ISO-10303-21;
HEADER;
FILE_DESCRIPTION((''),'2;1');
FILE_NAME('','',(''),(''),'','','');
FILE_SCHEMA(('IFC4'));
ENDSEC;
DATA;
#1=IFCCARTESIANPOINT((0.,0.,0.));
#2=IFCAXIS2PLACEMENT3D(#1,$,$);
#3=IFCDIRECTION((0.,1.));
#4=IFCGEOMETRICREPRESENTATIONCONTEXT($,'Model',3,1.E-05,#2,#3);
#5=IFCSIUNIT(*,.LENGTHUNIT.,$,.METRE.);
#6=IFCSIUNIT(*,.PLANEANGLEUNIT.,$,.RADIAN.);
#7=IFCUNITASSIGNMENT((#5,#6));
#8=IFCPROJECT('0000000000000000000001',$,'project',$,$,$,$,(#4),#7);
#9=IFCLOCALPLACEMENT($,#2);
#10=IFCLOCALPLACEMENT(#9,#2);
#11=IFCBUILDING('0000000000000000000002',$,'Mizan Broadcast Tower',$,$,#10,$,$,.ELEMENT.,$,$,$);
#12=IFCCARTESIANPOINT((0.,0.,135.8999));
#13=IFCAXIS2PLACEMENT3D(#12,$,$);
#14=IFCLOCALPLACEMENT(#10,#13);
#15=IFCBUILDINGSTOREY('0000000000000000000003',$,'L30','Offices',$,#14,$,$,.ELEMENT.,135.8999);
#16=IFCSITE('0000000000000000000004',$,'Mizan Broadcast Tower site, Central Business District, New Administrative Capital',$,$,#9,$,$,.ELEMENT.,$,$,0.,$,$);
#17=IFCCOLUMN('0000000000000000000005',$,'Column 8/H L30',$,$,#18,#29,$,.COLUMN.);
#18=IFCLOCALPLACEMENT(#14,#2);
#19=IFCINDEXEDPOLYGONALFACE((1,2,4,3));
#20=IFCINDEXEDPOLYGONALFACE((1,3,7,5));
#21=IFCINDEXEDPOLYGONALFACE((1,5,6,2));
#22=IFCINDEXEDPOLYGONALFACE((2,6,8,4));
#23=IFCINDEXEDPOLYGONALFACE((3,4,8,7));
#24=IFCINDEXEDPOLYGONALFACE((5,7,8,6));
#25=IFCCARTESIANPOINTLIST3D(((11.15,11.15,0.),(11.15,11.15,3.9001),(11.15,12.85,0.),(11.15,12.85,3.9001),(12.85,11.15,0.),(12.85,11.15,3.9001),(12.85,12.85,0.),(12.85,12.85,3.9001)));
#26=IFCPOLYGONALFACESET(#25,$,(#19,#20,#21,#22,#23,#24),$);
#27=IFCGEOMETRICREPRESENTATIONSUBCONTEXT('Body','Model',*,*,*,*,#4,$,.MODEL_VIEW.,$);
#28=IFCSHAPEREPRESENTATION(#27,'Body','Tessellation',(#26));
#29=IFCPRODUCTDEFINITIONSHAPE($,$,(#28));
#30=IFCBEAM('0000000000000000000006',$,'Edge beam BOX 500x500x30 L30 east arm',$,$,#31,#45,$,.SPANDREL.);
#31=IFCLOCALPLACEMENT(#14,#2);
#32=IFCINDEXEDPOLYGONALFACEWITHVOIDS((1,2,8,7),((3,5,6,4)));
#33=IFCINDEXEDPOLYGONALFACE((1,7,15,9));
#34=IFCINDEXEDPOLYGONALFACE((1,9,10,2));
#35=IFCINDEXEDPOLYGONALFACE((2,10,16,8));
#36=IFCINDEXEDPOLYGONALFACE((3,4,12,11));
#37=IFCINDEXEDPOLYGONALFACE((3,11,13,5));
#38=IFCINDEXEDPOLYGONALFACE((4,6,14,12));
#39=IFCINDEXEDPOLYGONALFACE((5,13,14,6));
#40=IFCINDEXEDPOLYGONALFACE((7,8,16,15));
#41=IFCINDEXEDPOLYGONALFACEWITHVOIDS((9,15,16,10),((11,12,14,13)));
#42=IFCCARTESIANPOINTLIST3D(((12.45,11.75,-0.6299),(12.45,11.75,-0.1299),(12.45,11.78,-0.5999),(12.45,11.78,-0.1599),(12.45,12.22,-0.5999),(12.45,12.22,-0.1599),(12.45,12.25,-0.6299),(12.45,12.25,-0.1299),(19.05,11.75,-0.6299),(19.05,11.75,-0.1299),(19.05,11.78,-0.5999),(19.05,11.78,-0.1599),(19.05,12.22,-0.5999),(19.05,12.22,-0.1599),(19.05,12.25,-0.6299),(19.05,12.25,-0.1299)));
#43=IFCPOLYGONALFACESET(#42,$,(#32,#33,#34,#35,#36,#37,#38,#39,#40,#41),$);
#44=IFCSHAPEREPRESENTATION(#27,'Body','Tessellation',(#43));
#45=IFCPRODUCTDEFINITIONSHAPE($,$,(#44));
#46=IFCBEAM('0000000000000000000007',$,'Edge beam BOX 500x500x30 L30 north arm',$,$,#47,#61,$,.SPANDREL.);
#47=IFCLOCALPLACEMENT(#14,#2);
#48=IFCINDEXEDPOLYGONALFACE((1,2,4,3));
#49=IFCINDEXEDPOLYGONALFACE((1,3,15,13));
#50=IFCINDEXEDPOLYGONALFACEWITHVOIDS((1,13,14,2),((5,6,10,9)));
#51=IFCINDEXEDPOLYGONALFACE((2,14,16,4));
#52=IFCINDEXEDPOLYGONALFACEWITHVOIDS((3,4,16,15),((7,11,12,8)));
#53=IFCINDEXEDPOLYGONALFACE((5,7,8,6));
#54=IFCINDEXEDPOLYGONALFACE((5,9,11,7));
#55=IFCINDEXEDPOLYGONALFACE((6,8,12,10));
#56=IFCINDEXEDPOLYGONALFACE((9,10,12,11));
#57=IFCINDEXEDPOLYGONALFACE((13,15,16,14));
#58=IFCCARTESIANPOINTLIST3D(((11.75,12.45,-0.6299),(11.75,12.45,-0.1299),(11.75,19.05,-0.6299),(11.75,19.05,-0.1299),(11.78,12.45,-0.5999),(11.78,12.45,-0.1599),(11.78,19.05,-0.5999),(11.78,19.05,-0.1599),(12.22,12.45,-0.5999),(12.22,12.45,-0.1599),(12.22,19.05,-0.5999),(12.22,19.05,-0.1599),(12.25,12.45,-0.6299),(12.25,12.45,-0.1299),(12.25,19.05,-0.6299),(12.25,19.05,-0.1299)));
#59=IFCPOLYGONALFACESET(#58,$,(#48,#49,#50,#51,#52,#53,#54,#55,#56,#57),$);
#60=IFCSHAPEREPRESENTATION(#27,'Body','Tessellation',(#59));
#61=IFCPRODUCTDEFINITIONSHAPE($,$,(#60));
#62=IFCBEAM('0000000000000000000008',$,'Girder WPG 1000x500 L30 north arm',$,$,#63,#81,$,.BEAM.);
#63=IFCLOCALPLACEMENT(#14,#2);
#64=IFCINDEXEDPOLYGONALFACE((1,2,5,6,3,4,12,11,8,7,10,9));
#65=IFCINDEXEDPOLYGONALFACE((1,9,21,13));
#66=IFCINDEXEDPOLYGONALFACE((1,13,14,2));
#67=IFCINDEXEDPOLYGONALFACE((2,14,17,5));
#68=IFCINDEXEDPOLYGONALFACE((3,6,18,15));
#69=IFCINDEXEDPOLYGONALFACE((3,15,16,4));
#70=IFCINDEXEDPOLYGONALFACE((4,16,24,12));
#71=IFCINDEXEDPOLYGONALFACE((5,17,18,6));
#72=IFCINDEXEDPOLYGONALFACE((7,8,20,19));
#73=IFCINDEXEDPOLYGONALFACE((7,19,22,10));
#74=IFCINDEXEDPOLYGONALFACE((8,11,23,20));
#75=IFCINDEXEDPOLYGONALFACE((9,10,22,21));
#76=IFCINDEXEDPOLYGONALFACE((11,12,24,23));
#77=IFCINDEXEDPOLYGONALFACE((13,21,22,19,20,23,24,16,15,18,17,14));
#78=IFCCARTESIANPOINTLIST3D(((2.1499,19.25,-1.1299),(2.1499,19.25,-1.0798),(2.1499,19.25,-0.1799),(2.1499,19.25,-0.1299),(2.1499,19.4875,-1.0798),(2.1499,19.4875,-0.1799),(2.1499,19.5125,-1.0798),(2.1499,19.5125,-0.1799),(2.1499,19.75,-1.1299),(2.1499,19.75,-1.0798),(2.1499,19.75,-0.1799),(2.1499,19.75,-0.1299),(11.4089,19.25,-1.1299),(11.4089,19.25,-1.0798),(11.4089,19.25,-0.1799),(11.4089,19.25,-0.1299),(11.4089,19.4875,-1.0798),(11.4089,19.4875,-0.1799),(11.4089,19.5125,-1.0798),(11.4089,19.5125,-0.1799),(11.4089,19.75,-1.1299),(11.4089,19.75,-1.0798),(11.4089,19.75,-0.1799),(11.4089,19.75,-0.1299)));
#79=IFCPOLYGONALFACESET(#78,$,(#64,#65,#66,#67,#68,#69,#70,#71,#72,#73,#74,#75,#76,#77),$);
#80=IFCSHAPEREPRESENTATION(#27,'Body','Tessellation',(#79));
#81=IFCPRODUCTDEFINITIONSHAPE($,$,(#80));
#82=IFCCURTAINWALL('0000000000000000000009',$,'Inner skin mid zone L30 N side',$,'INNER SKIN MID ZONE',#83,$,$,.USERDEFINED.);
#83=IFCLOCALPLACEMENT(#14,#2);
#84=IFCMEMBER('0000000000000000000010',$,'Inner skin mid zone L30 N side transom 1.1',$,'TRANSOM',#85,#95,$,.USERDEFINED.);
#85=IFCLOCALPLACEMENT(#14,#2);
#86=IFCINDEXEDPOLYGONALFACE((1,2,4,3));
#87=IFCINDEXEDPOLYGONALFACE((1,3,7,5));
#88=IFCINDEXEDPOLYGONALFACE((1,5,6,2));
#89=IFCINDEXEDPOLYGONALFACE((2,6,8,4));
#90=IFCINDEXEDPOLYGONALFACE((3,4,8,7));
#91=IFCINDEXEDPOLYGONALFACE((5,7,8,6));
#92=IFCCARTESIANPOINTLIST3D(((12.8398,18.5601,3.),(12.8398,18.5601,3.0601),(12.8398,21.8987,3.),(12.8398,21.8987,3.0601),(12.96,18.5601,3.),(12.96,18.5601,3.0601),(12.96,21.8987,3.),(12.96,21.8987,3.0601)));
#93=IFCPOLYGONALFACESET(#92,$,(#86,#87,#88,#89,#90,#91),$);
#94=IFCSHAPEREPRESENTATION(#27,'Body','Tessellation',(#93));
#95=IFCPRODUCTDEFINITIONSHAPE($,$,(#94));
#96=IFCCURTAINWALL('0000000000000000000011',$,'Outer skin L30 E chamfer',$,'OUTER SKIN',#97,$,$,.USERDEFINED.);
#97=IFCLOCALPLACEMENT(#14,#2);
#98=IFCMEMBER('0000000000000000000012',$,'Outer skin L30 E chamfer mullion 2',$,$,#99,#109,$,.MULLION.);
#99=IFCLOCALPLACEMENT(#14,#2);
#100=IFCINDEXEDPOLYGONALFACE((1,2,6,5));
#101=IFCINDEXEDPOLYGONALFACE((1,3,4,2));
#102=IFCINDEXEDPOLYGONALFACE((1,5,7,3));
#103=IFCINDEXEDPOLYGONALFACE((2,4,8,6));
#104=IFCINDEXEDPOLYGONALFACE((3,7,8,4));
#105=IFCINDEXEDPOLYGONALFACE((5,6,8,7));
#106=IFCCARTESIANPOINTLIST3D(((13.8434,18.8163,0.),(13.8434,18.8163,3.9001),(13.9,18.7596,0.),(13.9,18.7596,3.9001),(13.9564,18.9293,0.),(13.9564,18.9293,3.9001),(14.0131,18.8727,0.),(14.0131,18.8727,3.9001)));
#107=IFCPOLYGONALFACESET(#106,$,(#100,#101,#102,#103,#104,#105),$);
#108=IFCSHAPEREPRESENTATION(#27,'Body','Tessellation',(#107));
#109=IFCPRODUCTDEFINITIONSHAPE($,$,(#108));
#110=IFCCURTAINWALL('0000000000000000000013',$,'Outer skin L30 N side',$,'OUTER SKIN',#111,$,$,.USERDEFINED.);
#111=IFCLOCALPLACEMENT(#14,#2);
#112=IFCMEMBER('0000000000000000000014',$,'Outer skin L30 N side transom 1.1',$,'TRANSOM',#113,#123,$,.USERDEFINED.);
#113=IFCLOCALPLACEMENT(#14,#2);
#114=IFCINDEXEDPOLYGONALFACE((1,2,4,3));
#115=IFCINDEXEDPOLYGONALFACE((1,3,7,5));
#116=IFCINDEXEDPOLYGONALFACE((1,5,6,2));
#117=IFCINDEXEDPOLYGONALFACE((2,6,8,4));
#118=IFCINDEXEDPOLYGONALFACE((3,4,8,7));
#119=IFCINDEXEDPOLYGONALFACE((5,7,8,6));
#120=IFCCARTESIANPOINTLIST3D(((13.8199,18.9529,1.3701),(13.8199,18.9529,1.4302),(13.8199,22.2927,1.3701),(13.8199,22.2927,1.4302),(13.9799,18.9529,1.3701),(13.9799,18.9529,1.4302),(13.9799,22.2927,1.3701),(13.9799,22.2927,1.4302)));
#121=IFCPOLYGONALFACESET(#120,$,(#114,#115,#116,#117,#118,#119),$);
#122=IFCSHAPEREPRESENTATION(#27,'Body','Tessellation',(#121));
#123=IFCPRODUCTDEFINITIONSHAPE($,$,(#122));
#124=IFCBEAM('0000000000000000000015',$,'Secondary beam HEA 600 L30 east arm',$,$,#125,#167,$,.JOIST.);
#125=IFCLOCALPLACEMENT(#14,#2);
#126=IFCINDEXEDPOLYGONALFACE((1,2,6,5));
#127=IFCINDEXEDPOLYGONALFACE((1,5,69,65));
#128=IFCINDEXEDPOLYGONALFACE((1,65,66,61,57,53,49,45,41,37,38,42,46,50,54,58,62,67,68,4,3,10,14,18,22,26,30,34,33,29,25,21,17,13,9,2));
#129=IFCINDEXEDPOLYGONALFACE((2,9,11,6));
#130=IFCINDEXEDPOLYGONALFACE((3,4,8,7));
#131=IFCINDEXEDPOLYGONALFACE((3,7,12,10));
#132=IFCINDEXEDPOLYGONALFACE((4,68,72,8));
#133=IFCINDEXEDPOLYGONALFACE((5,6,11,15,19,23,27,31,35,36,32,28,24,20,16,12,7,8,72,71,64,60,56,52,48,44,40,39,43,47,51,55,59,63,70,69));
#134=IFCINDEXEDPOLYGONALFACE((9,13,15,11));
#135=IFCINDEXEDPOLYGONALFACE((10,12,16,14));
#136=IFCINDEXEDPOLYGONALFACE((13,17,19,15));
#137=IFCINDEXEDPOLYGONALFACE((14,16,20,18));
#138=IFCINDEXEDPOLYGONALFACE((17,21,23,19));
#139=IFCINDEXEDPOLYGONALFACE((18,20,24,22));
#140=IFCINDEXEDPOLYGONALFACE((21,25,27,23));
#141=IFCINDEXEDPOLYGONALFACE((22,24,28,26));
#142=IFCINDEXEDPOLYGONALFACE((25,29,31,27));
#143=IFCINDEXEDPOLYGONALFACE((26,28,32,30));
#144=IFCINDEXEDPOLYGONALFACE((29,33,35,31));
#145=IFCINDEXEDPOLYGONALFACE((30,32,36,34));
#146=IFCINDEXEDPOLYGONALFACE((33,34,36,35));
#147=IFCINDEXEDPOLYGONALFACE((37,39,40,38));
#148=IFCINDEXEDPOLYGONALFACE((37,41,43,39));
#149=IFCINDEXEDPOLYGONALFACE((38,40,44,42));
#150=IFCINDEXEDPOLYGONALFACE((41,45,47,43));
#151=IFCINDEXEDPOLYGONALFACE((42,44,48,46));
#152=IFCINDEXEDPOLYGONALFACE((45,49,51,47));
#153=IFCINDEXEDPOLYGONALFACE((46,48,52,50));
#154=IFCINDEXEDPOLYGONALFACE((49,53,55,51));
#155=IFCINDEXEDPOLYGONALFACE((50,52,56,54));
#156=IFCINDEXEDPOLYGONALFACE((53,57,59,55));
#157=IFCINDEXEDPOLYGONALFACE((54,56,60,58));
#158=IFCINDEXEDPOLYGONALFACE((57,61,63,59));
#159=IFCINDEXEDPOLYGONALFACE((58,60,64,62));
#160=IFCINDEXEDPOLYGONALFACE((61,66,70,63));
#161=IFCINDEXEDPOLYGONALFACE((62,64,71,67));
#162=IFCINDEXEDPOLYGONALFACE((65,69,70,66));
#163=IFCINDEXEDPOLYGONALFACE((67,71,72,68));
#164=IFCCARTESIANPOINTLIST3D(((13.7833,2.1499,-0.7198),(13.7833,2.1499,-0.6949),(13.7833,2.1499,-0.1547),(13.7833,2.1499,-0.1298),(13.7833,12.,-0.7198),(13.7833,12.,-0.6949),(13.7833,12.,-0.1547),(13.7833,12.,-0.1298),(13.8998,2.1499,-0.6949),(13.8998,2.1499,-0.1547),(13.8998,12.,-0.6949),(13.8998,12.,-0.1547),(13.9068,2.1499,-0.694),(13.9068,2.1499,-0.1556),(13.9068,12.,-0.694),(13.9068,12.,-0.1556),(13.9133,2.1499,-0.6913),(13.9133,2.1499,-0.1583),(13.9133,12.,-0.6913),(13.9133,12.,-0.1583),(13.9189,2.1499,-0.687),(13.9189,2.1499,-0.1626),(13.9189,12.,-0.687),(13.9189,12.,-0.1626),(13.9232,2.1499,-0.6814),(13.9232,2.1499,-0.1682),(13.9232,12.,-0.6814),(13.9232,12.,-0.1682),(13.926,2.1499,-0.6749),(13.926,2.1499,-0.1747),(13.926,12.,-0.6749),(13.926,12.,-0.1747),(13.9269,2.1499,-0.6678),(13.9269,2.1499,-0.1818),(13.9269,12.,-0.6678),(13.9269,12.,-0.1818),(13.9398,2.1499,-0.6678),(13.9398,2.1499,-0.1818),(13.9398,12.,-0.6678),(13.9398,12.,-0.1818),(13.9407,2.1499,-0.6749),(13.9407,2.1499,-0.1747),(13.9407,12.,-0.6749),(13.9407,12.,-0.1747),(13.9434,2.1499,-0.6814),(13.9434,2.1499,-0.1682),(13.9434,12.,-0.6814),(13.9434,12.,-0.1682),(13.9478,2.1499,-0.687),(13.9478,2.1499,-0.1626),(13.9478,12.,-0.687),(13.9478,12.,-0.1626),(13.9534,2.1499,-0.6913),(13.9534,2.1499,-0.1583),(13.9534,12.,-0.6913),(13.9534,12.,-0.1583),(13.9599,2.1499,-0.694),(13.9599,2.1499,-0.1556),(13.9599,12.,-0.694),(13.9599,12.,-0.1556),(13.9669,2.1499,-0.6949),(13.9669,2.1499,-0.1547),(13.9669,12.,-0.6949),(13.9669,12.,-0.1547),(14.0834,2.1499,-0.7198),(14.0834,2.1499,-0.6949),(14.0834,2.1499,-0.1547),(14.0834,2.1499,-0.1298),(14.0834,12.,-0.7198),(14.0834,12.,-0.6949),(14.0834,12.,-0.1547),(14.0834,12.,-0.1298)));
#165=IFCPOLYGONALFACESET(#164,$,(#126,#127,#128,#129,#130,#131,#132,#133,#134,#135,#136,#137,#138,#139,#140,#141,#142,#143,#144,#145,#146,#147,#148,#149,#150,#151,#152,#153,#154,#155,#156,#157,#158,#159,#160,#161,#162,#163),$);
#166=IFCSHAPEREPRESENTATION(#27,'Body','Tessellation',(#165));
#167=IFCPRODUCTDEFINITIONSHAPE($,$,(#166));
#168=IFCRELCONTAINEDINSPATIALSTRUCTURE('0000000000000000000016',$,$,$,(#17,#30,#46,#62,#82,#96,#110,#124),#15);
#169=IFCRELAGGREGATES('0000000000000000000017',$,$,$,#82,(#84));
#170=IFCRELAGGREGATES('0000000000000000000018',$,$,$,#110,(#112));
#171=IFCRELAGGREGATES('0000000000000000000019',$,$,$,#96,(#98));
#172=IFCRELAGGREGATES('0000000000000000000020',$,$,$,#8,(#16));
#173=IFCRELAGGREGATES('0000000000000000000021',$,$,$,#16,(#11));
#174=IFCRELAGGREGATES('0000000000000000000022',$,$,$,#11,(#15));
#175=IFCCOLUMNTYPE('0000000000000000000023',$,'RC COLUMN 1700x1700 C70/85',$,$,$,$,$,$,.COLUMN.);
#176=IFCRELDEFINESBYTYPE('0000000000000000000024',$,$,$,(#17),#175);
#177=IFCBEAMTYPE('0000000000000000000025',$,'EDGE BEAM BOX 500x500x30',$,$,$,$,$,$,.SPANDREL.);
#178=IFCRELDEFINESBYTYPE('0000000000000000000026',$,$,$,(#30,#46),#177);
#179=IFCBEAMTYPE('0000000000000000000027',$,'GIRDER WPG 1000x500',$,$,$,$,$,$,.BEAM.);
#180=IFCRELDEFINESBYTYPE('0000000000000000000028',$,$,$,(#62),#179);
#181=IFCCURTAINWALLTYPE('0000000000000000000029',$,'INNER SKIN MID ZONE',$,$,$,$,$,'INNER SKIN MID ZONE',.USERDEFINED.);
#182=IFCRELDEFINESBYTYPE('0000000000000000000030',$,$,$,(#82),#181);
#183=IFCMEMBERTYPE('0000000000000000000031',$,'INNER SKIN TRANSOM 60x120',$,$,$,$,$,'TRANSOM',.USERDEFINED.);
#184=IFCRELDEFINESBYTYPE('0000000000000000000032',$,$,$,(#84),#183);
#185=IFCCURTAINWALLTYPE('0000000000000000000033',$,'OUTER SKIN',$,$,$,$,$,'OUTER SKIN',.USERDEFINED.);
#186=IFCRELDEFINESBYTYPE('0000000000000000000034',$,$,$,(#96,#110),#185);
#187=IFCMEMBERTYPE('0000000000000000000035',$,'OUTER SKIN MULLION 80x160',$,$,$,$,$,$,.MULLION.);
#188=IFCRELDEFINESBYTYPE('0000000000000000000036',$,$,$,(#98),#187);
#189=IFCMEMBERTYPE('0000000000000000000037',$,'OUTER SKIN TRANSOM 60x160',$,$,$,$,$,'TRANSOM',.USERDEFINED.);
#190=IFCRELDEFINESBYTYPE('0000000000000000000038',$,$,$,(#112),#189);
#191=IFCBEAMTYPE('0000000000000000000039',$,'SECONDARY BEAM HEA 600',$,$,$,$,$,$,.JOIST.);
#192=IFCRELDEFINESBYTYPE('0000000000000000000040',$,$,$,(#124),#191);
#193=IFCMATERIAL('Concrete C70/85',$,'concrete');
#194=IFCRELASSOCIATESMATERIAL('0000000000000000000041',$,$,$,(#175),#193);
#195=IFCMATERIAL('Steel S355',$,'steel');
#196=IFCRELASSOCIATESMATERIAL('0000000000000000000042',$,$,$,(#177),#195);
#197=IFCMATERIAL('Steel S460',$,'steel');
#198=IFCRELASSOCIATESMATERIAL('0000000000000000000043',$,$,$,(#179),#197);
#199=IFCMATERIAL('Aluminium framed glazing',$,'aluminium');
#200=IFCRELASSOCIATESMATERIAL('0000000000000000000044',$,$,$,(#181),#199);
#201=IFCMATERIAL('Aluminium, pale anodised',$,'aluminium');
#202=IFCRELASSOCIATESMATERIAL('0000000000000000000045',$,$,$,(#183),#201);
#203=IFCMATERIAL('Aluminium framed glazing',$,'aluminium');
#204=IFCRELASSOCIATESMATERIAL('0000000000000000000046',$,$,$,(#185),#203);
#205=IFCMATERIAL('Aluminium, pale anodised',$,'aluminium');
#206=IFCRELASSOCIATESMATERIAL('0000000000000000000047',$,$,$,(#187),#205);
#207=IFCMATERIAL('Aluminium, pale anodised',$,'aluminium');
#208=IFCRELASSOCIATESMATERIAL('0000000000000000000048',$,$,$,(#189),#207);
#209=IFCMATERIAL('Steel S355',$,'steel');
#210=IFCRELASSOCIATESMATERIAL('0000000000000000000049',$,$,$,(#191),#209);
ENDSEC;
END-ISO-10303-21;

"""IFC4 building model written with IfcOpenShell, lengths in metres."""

from ifc_helpers import new_model, si_unit, direction, frame, origin, origin_2d, place, context, subcontext, project, spatial, rectangle, hollow_rectangle, i_section, extrude, material, material_profile, profile_set, type_object, element, aggregate, save


model = new_model("IFC4")

# Units and contexts
model_context = context("Model", 3, precision=1e-05, world=origin(), true_north=direction((0.0, 1.0)))
body_context = subcontext(model_context, "Body", "Model", "MODEL_VIEW")
ifc_project = project(units=[si_unit("LENGTHUNIT", "METRE"), si_unit("PLANEANGLEUNIT", "RADIAN")], contexts=[model_context])

# Site, building, storey
site_placement = place(None, origin())
site = spatial("IfcSite", under=ifc_project, at=site_placement, Name="Mizan Broadcast Tower site, Central Business District, New Administrative Capital", CompositionType="ELEMENT", RefElevation=0.0)
building_placement = place(site_placement, origin())
building = spatial("IfcBuilding", under=site, at=building_placement, Name="Mizan Broadcast Tower", CompositionType="ELEMENT")
storey_placement = place(building_placement, frame((0.0, 0.0, 135.8999)))
storey = spatial("IfcBuildingStorey", under=building, at=storey_placement, Name="L30", Description="Offices", CompositionType="ELEMENT", Elevation=135.8999)

# Column
ifc_material_1 = material(Name="Concrete C70/85", Category="concrete")
ifc_material_profile_1 = material_profile(ifc_material_1, rectangle(XDim=1.7, YDim=1.7, at=origin_2d()), Name="RC 1700x1700")
ifc_profile_set_1 = profile_set([ifc_material_profile_1], Name="Concrete C70/85")
column_type = type_object("IfcColumnType", Name="RC COLUMN 1700x1700 C70/85", PredefinedType="COLUMN", material=ifc_profile_set_1)
column_placement = place(storey_placement, frame((12.0, 12.0, 0.0), z_axis=(0.0, 0.0, 1.0), x_axis=(1.0, 0.0, 0.0)))
element("IfcColumn", 1, at=column_placement, inside=storey, type_object=column_type, Name="Column 8/H L30", PredefinedType="COLUMN", context=body_context, shape_type="SweptSolid", body=[
    extrude(rectangle(XDim=1.7, YDim=1.7, at=origin_2d()), origin(), (0.0, 0.0, 1.0), 3.9001),
])

# Beams
ifc_material_2 = material(Name="Steel S355", Category="steel")
ifc_material_profile_2 = material_profile(ifc_material_2, hollow_rectangle(XDim=0.5, YDim=0.5, WallThickness=0.03, at=origin_2d()), Name="BOX 500x500x30")
ifc_profile_set_2 = profile_set([ifc_material_profile_2], Name="Steel S355")
beam_type_1 = type_object("IfcBeamType", Name="EDGE BEAM BOX 500x500x30", PredefinedType="SPANDREL", material=ifc_profile_set_2)
for number, where, z_axis, x_axis, name in (
    (2, (12.45, 12.0, -0.3799), (1.0, 0.0, 0.0), (0.0, 1.0, 0.0), "Edge beam BOX 500x500x30 L30 east arm"),
    (3, (12.0, 12.45, -0.3799), (0.0, 1.0, 0.0), (-1.0, 0.0, 0.0), "Edge beam BOX 500x500x30 L30 north arm"),
):
    element("IfcBeam", number, at=place(storey_placement, frame(where, z_axis=z_axis, x_axis=x_axis)), inside=storey, type_object=beam_type_1, Name=name, PredefinedType="SPANDREL", context=body_context, shape_type="SweptSolid", body=[
        extrude(hollow_rectangle(XDim=0.5, YDim=0.5, WallThickness=0.03, at=origin_2d()), origin(), (0.0, 0.0, 1.0), 6.6001),
    ])
ifc_material_3 = material(Name="Steel S460", Category="steel")
ifc_material_profile_3 = material_profile(ifc_material_3, i_section(OverallWidth=0.5, OverallDepth=1.0, WebThickness=0.0249, FlangeThickness=0.05, at=origin_2d()), Name="WPG 1000x500")
ifc_profile_set_3 = profile_set([ifc_material_profile_3], Name="Steel S460")
beam_type_2 = type_object("IfcBeamType", Name="GIRDER WPG 1000x500", PredefinedType="BEAM", material=ifc_profile_set_3)
beam_1_placement = place(storey_placement, frame((11.4089, 19.5, -0.6299), z_axis=(-1.0, 0.0, 0.0), x_axis=(0.0, -1.0, 0.0)))
element("IfcBeam", 4, at=beam_1_placement, inside=storey, type_object=beam_type_2, Name="Girder WPG 1000x500 L30 north arm", PredefinedType="BEAM", context=body_context, shape_type="SweptSolid", body=[
    extrude(i_section(OverallWidth=0.5, OverallDepth=1.0, WebThickness=0.0249, FlangeThickness=0.05, at=origin_2d()), origin(), (0.0, 0.0, 1.0), 9.259),
])

# Curtain walls, members
ifc_material_4 = material(Name="Aluminium framed glazing", Category="aluminium")
curtain_wall_type_1 = type_object("IfcCurtainWallType", Name="INNER SKIN MID ZONE", ElementType="INNER SKIN MID ZONE", PredefinedType="USERDEFINED", material=ifc_material_4)
curtain_wall_1_placement = place(storey_placement, origin())
curtain_wall_1 = element("IfcCurtainWall", 5, at=curtain_wall_1_placement, inside=storey, type_object=curtain_wall_type_1, Name="Inner skin mid zone L30 N side", ObjectType="INNER SKIN MID ZONE", PredefinedType="USERDEFINED")
ifc_material_5 = material(Name="Aluminium, pale anodised", Category="aluminium")
ifc_material_profile_4 = material_profile(ifc_material_5, rectangle(XDim=0.1201, YDim=0.0601, at=origin_2d()), Name="TRANSOM 120x60")
ifc_profile_set_4 = profile_set([ifc_material_profile_4], Name="Aluminium, pale anodised")
member_type_1 = type_object("IfcMemberType", Name="INNER SKIN TRANSOM 60x120", ElementType="TRANSOM", PredefinedType="USERDEFINED", material=ifc_profile_set_4)
member_1_placement = place(storey_placement, frame((12.8999, 18.5601, 3.03), z_axis=(0.0, 1.0, 0.0), x_axis=(-1.0, 0.0, 0.0)))
member_1 = element("IfcMember", 6, at=member_1_placement, type_object=member_type_1, Name="Inner skin mid zone L30 N side transom 1.1", ObjectType="TRANSOM", PredefinedType="USERDEFINED", context=body_context, shape_type="SweptSolid", body=[
    extrude(rectangle(XDim=0.1201, YDim=0.0601, at=origin_2d()), origin(), (0.0, 0.0, 1.0), 3.3386),
])
aggregate(curtain_wall_1, [member_1])
ifc_material_6 = material(Name="Aluminium framed glazing", Category="aluminium")
curtain_wall_type_2 = type_object("IfcCurtainWallType", Name="OUTER SKIN", ElementType="OUTER SKIN", PredefinedType="USERDEFINED", material=ifc_material_6)
curtain_wall_2_placement = place(storey_placement, origin())
curtain_wall_2 = element("IfcCurtainWall", 7, at=curtain_wall_2_placement, inside=storey, type_object=curtain_wall_type_2, Name="Outer skin L30 E chamfer", ObjectType="OUTER SKIN", PredefinedType="USERDEFINED")
ifc_material_7 = material(Name="Aluminium, pale anodised", Category="aluminium")
ifc_material_profile_5 = material_profile(ifc_material_7, rectangle(XDim=0.1599, YDim=0.0801, at=origin_2d()), Name="MULLION 160x80")
ifc_profile_set_5 = profile_set([ifc_material_profile_5], Name="Aluminium, pale anodised")
member_type_2 = type_object("IfcMemberType", Name="OUTER SKIN MULLION 80x160", PredefinedType="MULLION", material=ifc_profile_set_5)
member_2_placement = place(storey_placement, frame((13.9282, 18.8445, 0.0), z_axis=(0.0, 0.0, 1.0), x_axis=(-0.707107, -0.707107, 0.0)))
member_2 = element("IfcMember", 8, at=member_2_placement, type_object=member_type_2, Name="Outer skin L30 E chamfer mullion 2", PredefinedType="MULLION", context=body_context, shape_type="SweptSolid", body=[
    extrude(rectangle(XDim=0.1599, YDim=0.0801, at=origin_2d()), origin(), (0.0, 0.0, 1.0), 3.9001),
])
curtain_wall_3_placement = place(storey_placement, origin())
curtain_wall_3 = element("IfcCurtainWall", 9, at=curtain_wall_3_placement, inside=storey, type_object=curtain_wall_type_2, Name="Outer skin L30 N side", ObjectType="OUTER SKIN", PredefinedType="USERDEFINED")
ifc_material_8 = material(Name="Aluminium, pale anodised", Category="aluminium")
ifc_material_profile_6 = material_profile(ifc_material_8, rectangle(XDim=0.1599, YDim=0.0601, at=origin_2d()), Name="TRANSOM 160x60")
ifc_profile_set_6 = profile_set([ifc_material_profile_6], Name="Aluminium, pale anodised")
member_type_3 = type_object("IfcMemberType", Name="OUTER SKIN TRANSOM 60x160", ElementType="TRANSOM", PredefinedType="USERDEFINED", material=ifc_profile_set_6)
member_3_placement = place(storey_placement, frame((13.8999, 18.9529, 1.4001), z_axis=(0.0, 1.0, 0.0), x_axis=(-1.0, 0.0, 0.0)))
member_3 = element("IfcMember", 10, at=member_3_placement, type_object=member_type_3, Name="Outer skin L30 N side transom 1.1", ObjectType="TRANSOM", PredefinedType="USERDEFINED", context=body_context, shape_type="SweptSolid", body=[
    extrude(rectangle(XDim=0.1599, YDim=0.0601, at=origin_2d()), origin(), (0.0, 0.0, 1.0), 3.3398),
])
aggregate(curtain_wall_3, [member_3])

# Beam
ifc_material_9 = material(Name="Steel S355", Category="steel")
ifc_material_profile_7 = material_profile(ifc_material_9, i_section(OverallWidth=0.3, OverallDepth=0.5901, WebThickness=0.0129, FlangeThickness=0.0249, FilletRadius=0.0271, at=origin_2d()), Name="HEA 600")
ifc_profile_set_7 = profile_set([ifc_material_profile_7], Name="Steel S355")
beam_type_3 = type_object("IfcBeamType", Name="SECONDARY BEAM HEA 600", PredefinedType="JOIST", material=ifc_profile_set_7)
for number, where, z_axis, x_axis, name in (
    (11, (13.9333, 12.0, -0.4248), (0.0, -1.0, 0.0), (1.0, 0.0, 0.0), "Secondary beam HEA 600 L30 east arm"),
):
    element("IfcBeam", number, at=place(storey_placement, frame(where, z_axis=z_axis, x_axis=x_axis)), inside=storey, type_object=beam_type_3, Name=name, PredefinedType="JOIST", context=body_context, shape_type="SweptSolid", body=[
        extrude(i_section(OverallWidth=0.3, OverallDepth=0.5901, WebThickness=0.0129, FlangeThickness=0.0249, FilletRadius=0.0271, at=origin_2d()), origin(), (0.0, 0.0, 1.0), 9.8501),
    ])

aggregate(curtain_wall_2, [member_2])

save(model, "model.ifc")
